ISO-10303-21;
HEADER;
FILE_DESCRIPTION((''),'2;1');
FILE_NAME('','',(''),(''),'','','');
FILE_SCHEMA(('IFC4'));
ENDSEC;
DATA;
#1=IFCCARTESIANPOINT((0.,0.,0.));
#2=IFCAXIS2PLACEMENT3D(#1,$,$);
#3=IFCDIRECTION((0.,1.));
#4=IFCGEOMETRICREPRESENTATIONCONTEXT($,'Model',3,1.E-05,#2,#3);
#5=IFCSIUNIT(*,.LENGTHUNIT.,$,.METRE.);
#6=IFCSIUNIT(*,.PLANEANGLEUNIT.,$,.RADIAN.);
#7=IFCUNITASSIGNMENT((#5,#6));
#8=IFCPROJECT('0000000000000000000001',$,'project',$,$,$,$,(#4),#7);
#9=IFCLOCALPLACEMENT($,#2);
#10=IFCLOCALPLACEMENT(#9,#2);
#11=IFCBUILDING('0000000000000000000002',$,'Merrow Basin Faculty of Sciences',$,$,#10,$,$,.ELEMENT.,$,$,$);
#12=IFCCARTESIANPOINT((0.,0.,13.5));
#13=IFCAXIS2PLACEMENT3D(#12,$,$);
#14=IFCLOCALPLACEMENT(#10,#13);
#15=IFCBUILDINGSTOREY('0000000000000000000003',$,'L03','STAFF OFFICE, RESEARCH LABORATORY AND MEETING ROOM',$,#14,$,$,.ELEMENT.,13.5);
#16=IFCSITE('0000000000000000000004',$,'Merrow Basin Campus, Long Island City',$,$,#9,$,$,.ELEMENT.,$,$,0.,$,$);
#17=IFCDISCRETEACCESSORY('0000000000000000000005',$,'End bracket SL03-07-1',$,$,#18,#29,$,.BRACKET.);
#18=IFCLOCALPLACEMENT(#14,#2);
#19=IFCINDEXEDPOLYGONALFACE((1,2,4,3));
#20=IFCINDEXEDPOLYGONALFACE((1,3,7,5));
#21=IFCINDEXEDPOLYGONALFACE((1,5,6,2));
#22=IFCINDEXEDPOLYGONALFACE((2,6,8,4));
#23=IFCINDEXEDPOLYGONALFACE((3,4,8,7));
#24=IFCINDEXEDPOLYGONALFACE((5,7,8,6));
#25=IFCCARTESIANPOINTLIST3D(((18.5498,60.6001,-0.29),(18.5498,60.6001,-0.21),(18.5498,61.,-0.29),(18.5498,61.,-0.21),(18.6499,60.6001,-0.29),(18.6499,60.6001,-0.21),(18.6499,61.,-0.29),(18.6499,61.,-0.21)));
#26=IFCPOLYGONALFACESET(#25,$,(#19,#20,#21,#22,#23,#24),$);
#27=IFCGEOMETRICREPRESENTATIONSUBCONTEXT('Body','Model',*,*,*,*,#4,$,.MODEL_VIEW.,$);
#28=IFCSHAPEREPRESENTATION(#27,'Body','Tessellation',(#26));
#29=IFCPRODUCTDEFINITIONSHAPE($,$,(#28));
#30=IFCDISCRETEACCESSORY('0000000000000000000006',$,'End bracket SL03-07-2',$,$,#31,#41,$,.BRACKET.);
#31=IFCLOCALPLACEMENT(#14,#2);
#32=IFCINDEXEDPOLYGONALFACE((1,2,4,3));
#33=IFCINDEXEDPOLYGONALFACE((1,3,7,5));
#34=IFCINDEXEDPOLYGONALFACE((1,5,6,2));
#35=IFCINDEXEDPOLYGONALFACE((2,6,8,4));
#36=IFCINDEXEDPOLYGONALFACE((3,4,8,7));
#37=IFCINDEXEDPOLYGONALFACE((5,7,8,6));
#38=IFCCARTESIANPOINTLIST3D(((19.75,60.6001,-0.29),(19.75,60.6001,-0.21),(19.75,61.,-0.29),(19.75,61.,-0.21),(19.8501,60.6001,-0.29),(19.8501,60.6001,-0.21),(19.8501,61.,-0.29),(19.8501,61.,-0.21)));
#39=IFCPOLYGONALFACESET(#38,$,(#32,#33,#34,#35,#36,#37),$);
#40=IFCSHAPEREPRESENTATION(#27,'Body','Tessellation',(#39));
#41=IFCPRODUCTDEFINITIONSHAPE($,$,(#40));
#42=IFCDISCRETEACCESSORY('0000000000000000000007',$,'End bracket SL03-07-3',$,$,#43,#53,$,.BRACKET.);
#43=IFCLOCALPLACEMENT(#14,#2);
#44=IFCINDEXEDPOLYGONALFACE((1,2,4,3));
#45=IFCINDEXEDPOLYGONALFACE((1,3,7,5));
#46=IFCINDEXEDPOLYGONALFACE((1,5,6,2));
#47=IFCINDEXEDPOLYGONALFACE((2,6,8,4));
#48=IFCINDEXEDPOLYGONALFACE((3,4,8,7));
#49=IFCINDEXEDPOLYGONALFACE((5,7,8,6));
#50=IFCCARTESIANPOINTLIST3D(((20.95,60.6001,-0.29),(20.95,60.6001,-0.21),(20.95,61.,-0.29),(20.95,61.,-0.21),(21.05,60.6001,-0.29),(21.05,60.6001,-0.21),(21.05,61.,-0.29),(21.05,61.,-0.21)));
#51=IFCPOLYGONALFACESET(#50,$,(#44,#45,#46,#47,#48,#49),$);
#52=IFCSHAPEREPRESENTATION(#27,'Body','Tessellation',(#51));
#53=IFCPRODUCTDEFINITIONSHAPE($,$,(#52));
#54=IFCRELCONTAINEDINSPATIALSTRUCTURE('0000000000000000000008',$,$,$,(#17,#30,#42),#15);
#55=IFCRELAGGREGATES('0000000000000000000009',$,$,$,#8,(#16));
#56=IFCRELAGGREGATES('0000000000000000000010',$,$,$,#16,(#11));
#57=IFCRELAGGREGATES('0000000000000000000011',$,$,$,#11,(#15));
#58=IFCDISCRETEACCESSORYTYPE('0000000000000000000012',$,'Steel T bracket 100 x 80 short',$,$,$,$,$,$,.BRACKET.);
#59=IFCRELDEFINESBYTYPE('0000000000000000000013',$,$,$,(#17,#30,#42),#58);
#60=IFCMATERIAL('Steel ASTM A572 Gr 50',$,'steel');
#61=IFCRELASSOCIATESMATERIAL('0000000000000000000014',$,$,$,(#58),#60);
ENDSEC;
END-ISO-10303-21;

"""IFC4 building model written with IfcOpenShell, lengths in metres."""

from ifc_helpers import new_model, si_unit, direction, frame, origin, place, context, subcontext, project, spatial, polyline, outline, extrude, source, transform, mapped, material, type_object, element, save


model = new_model("IFC4")

# Units and contexts
model_context = context("Model", 3, precision=1e-05, world=origin(), true_north=direction((0.0, 1.0)))
body_context = subcontext(model_context, "Body", "Model", "MODEL_VIEW")
ifc_project = project(units=[si_unit("LENGTHUNIT", "METRE"), si_unit("PLANEANGLEUNIT", "RADIAN")], contexts=[model_context])

# Site, building, storey
site_placement = place(None, origin())
site = spatial("IfcSite", under=ifc_project, at=site_placement, Name="Merrow Basin Campus, Long Island City", CompositionType="ELEMENT", RefElevation=0.0)
building_placement = place(site_placement, origin())
building = spatial("IfcBuilding", under=site, at=building_placement, Name="Merrow Basin Faculty of Sciences", CompositionType="ELEMENT")
storey_placement = place(building_placement, frame((0.0, 0.0, 13.5)))
storey = spatial("IfcBuildingStorey", under=building, at=storey_placement, Name="L03", Description="STAFF OFFICE, RESEARCH LABORATORY AND MEETING ROOM", CompositionType="ELEMENT", Elevation=13.5)

# Discrete accessories
ifc_material_1 = material(Name="Steel ASTM A572 Gr 50", Category="steel")
discrete_accessory_type = type_object("IfcDiscreteAccessoryType", Name="Steel T bracket 100 x 80 short", PredefinedType="BRACKET", material=ifc_material_1)
shared_shape = source(origin(), body_context, "Body", "SweptSolid", [
    extrude(outline(polyline([(0.0, 0.0), (0.1001, 0.0), (0.1001, 0.0801), (0.0, 0.0801), (0.0, 0.0)])), origin(), (0.0, 0.0, 1.0), 0.3999),
])
for number, where, z_axis, x_axis, name in (
    (1, (18.6499, 60.6001, -0.29), (0.0, 1.0, 0.0), (-1.0, 0.0, 0.0), "End bracket SL03-07-1"),
    (2, (19.8501, 60.6001, -0.29), (0.0, 1.0, 0.0), (-1.0, 0.0, 0.0), "End bracket SL03-07-2"),
    (3, (21.05, 60.6001, -0.29), (0.0, 1.0, 0.0), (-1.0, 0.0, 0.0), "End bracket SL03-07-3"),
):
    element("IfcDiscreteAccessory", number, at=place(storey_placement, frame(where, z_axis=z_axis, x_axis=x_axis)), inside=storey, type_object=discrete_accessory_type, Name=name, PredefinedType="BRACKET", context=body_context, shape_type="MappedRepresentation", body=[
        mapped(shared_shape, transform((0.0, 0.0, 0.0), scale=1.0)),
    ])

save(model, "model.ifc")
